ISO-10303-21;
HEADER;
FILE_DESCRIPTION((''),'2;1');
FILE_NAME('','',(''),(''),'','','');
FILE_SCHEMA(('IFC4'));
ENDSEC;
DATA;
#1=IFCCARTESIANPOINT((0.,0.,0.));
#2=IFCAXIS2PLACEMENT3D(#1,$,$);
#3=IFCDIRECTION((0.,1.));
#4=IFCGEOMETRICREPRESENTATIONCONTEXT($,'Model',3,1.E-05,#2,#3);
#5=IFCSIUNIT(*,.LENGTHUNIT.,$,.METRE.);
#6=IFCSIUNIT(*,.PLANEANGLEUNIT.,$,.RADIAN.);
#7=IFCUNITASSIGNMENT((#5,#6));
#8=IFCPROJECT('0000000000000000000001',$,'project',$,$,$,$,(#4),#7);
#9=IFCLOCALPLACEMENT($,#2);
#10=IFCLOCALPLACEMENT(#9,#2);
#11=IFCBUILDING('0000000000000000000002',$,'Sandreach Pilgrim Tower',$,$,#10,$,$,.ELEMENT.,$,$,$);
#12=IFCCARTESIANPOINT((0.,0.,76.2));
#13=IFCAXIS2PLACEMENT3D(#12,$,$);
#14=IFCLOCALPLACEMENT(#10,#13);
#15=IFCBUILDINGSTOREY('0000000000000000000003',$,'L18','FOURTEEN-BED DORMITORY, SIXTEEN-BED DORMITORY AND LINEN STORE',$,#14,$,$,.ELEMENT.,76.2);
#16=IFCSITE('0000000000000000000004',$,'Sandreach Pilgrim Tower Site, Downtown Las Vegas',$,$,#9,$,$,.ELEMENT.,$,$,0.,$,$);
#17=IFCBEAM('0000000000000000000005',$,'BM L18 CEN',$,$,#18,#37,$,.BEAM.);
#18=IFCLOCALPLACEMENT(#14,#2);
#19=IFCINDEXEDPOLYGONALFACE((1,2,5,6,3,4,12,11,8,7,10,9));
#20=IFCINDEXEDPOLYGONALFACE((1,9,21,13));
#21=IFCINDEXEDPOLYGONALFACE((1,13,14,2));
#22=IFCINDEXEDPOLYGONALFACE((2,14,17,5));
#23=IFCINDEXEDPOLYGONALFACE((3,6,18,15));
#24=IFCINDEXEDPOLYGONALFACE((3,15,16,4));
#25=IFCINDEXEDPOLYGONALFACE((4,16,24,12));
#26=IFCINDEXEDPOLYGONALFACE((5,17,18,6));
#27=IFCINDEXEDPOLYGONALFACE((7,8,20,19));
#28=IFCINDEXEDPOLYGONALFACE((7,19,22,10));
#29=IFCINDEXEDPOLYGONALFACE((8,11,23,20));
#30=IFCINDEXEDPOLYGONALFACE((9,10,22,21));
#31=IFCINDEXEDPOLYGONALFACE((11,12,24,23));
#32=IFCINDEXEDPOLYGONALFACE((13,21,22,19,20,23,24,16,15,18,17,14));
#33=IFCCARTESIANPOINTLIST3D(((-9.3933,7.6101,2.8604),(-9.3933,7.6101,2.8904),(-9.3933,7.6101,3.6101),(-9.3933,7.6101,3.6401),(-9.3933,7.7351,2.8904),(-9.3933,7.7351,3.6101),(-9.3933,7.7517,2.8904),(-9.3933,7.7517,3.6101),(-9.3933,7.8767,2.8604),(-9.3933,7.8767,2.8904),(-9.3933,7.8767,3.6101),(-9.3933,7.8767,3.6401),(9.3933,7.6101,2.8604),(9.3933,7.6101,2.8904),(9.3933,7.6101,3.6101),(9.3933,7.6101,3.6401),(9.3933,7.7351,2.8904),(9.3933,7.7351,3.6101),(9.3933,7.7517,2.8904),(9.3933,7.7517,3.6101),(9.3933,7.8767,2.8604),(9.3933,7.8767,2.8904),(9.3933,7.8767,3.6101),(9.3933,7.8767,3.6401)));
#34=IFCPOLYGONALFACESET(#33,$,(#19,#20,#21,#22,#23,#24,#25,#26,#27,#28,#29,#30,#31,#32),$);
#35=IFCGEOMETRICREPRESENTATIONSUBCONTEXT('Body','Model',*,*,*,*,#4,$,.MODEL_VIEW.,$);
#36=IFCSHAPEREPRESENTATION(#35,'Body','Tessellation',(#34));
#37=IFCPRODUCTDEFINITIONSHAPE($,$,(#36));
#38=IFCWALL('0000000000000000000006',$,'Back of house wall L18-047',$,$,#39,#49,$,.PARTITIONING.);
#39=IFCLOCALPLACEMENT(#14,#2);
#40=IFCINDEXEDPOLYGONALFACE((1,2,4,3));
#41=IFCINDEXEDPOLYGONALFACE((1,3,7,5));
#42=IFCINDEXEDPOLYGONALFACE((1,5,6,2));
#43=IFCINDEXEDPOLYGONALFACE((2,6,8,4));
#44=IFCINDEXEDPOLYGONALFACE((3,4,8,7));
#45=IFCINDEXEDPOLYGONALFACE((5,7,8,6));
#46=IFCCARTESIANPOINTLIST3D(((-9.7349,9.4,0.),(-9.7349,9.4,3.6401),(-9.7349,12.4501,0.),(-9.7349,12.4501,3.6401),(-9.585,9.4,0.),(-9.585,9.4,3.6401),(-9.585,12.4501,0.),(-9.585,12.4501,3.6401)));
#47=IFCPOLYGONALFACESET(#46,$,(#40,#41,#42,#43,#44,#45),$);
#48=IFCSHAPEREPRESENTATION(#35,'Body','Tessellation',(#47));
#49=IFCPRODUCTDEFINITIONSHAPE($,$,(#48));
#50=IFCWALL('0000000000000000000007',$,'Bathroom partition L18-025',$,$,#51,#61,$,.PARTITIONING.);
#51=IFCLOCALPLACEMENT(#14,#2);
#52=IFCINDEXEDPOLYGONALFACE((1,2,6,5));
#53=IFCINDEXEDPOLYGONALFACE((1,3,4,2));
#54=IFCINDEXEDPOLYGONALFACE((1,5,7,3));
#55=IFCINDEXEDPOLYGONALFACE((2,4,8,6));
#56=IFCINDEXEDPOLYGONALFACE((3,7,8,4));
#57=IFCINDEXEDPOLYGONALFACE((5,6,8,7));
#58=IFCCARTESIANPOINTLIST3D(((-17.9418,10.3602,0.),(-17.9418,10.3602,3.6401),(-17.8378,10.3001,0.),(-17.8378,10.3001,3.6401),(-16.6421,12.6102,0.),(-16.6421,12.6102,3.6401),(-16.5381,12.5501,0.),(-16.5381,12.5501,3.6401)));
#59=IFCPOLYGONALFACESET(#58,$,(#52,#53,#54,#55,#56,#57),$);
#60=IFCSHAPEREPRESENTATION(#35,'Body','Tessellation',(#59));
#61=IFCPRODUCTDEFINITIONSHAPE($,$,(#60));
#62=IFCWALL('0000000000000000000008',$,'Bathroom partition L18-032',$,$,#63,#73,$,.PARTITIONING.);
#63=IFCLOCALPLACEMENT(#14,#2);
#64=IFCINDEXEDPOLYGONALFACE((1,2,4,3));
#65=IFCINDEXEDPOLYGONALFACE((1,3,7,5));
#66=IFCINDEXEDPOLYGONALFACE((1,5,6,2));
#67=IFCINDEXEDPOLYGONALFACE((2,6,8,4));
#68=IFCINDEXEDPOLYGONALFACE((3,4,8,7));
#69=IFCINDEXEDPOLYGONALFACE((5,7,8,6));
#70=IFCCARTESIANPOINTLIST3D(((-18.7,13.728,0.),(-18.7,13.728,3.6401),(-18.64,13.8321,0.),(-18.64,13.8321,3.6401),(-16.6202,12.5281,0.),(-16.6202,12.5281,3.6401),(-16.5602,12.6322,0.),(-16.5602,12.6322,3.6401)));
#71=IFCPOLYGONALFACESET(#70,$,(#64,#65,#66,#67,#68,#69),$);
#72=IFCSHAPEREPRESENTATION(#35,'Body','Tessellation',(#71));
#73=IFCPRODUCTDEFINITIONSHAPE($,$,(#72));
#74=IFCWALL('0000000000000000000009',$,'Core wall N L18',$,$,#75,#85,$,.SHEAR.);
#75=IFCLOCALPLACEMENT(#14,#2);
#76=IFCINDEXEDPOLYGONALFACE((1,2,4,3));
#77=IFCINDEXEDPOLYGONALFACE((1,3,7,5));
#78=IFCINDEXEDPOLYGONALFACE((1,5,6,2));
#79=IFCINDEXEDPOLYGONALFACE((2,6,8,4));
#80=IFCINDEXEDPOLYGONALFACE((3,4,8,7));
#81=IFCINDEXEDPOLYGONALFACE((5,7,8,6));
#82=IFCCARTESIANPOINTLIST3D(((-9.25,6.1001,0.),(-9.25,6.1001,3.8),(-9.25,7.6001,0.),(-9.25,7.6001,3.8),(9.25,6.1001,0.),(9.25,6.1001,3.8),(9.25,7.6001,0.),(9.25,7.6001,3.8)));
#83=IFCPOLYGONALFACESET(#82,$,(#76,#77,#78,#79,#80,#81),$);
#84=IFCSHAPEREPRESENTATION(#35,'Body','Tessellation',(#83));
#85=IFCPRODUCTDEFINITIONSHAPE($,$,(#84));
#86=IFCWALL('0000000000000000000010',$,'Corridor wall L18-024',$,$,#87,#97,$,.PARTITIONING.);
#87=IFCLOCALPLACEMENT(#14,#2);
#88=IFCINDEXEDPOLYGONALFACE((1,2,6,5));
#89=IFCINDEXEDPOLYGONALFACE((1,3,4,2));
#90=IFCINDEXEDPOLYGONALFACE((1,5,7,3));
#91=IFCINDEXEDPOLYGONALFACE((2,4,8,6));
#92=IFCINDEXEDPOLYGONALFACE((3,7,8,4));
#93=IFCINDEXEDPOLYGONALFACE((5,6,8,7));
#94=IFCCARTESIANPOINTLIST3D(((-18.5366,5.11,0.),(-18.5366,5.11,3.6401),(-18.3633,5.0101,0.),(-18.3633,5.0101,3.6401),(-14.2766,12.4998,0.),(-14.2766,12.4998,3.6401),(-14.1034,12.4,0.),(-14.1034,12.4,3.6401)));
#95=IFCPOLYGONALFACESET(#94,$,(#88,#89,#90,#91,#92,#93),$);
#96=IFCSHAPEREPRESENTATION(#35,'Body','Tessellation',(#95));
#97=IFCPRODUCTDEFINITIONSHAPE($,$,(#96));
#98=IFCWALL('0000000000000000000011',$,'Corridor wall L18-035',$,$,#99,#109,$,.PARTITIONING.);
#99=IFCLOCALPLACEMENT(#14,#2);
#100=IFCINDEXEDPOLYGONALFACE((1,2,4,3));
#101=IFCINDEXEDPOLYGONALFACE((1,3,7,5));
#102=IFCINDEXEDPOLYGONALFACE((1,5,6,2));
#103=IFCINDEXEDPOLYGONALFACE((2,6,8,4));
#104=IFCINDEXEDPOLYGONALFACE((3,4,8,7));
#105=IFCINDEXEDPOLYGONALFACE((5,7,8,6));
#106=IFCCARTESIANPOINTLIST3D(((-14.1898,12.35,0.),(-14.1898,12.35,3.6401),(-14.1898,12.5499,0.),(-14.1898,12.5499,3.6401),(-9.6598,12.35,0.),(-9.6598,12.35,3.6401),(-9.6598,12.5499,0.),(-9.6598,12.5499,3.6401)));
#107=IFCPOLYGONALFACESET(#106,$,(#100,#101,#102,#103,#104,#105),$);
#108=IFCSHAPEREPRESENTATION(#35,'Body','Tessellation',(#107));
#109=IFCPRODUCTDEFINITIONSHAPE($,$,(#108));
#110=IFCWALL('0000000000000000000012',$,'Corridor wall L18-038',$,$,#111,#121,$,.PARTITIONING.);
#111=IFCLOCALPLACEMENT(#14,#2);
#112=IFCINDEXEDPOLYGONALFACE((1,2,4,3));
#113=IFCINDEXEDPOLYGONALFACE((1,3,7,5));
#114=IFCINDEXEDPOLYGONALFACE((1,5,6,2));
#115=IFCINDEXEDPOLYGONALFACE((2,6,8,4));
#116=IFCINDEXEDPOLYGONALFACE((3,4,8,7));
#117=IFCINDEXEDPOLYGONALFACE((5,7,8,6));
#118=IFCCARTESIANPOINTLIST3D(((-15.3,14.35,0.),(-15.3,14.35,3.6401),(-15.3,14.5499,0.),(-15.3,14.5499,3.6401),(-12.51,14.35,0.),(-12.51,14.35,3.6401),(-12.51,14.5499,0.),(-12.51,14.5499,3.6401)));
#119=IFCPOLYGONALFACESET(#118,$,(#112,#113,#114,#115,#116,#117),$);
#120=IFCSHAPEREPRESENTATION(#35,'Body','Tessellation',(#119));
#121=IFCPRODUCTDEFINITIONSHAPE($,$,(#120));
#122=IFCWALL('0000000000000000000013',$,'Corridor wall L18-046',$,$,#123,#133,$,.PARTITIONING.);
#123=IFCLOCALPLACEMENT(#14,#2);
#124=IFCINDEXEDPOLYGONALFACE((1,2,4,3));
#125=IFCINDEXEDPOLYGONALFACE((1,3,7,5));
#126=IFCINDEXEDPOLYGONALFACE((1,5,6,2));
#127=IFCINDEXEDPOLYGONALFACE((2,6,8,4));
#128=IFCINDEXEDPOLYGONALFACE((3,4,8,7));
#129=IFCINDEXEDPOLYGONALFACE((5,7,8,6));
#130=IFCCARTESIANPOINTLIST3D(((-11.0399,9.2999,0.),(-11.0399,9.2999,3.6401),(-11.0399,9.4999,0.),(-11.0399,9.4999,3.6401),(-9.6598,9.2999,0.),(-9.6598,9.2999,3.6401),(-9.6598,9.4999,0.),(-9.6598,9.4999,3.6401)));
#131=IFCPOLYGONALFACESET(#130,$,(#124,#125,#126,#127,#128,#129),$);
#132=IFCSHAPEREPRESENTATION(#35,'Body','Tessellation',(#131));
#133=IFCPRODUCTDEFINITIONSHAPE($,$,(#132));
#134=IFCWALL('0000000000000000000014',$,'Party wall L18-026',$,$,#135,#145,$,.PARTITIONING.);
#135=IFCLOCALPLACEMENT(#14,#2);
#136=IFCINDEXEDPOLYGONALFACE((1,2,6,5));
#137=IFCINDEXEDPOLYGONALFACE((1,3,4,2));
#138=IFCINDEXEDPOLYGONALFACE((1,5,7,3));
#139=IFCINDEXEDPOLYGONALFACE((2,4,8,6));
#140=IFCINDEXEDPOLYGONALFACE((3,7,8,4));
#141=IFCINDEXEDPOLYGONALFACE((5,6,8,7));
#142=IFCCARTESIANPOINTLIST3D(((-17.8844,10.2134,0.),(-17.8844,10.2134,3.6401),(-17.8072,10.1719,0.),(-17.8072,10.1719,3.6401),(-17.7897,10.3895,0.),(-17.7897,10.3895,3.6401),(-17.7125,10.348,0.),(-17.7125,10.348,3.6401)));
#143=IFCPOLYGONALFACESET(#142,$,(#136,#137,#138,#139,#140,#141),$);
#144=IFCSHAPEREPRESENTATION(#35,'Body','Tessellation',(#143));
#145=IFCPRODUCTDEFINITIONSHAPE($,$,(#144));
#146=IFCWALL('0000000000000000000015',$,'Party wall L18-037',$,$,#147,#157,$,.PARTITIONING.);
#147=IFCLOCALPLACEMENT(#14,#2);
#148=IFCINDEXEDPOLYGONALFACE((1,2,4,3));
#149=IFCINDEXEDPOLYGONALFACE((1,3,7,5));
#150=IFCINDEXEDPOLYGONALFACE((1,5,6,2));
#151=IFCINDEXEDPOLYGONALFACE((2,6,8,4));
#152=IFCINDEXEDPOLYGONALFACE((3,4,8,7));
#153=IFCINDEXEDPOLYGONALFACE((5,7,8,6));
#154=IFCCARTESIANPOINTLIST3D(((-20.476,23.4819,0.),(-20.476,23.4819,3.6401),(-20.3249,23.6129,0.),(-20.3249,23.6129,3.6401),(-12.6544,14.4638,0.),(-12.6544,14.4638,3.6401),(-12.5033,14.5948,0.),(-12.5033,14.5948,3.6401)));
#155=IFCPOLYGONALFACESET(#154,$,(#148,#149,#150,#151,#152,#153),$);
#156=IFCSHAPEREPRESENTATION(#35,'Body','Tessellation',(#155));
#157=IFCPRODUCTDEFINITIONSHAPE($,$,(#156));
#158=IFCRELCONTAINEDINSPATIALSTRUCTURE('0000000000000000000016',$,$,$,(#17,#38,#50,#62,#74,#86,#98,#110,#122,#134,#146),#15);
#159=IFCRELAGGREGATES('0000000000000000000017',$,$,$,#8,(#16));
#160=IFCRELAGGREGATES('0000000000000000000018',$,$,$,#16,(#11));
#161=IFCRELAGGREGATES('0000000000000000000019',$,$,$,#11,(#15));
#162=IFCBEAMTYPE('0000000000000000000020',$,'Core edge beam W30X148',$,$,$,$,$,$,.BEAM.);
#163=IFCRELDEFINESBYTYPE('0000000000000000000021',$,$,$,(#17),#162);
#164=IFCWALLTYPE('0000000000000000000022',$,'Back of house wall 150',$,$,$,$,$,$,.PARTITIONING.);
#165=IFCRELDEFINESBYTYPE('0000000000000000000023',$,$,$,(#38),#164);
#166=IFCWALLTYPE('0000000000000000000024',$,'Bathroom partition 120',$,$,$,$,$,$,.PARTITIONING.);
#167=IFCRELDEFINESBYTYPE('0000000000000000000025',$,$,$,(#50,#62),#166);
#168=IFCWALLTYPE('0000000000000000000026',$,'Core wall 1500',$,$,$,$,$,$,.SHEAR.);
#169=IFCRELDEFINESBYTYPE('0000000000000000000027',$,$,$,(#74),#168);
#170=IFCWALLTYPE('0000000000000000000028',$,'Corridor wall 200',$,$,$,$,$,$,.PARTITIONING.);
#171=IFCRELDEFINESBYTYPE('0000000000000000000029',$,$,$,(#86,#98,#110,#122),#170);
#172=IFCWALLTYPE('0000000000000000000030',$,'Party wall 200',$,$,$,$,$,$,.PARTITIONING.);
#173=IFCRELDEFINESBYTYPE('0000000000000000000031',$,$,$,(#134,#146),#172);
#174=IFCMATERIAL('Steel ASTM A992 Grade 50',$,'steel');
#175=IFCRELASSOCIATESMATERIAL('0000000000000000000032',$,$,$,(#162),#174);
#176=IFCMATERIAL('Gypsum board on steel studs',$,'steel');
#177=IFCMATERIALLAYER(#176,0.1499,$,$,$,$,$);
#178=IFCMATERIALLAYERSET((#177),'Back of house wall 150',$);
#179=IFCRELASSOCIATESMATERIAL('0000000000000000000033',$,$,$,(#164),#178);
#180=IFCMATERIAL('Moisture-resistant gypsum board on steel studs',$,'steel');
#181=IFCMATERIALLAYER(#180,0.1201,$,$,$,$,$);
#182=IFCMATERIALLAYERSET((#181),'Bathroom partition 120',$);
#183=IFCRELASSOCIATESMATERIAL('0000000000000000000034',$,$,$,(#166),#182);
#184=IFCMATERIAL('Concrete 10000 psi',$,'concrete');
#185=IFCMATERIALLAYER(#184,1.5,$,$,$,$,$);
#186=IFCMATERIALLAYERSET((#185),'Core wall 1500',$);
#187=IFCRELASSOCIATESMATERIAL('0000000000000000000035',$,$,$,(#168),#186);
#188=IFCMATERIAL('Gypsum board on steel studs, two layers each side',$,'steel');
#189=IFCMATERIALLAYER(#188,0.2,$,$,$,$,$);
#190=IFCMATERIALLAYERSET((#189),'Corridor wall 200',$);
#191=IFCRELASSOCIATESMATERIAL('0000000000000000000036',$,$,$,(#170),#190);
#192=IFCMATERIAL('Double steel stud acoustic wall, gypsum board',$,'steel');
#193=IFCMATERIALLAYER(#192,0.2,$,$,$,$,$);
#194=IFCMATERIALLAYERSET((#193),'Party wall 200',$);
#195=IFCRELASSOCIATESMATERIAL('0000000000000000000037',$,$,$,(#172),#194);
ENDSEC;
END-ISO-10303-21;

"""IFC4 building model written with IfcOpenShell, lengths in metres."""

from ifc_helpers import new_model, si_unit, direction, frame, frame_2d, origin, origin_2d, place, context, subcontext, project, spatial, rectangle, i_section, extrude, material, layer, layer_set, material_profile, profile_set, type_object, element, save


model = new_model("IFC4")

# Units and contexts
model_context = context("Model", 3, precision=1e-05, world=origin(), true_north=direction((0.0, 1.0)))
body_context = subcontext(model_context, "Body", "Model", "MODEL_VIEW")
ifc_project = project(units=[si_unit("LENGTHUNIT", "METRE"), si_unit("PLANEANGLEUNIT", "RADIAN")], contexts=[model_context])

# Site, building, storey
site_placement = place(None, origin())
site = spatial("IfcSite", under=ifc_project, at=site_placement, Name="Sandreach Pilgrim Tower Site, Downtown Las Vegas", CompositionType="ELEMENT", RefElevation=0.0)
building_placement = place(site_placement, origin())
building = spatial("IfcBuilding", under=site, at=building_placement, Name="Sandreach Pilgrim Tower", CompositionType="ELEMENT")
storey_placement = place(building_placement, frame((0.0, 0.0, 76.2)))
storey = spatial("IfcBuildingStorey", under=building, at=storey_placement, Name="L18", Description="FOURTEEN-BED DORMITORY, SIXTEEN-BED DORMITORY AND LINEN STORE", CompositionType="ELEMENT", Elevation=76.2)

# Beam
ifc_material_1 = material(Name="Steel ASTM A992 Grade 50", Category="steel")
ifc_material_profile = material_profile(ifc_material_1, i_section(OverallWidth=0.2666, OverallDepth=0.7798, WebThickness=0.0166, FlangeThickness=0.03, at=origin_2d()), Name="W30X148")
ifc_profile_set = profile_set([ifc_material_profile], Name="Steel ASTM A992 Grade 50")
beam_type = type_object("IfcBeamType", Name="Core edge beam W30X148", PredefinedType="BEAM", material=ifc_profile_set)
beam_placement = place(storey_placement, frame((-9.3933, 7.7434, 3.2502), z_axis=(1.0, 0.0, 0.0), x_axis=(0.0, 1.0, 0.0)))
element("IfcBeam", 1, at=beam_placement, inside=storey, type_object=beam_type, Name="BM L18 CEN", PredefinedType="BEAM", context=body_context, shape_type="SweptSolid", body=[
    extrude(i_section(OverallWidth=0.2666, OverallDepth=0.7798, WebThickness=0.0166, FlangeThickness=0.03, at=origin_2d()), origin(), (0.0, 0.0, 1.0), 18.7866),
])

# Walls
ifc_material_2 = material(Name="Gypsum board on steel studs", Category="steel")
ifc_layer_1 = layer(ifc_material_2, 0.1499)
ifc_layer_set_1 = layer_set([ifc_layer_1], Name="Back of house wall 150")
wall_type_1 = type_object("IfcWallType", Name="Back of house wall 150", PredefinedType="PARTITIONING", material=ifc_layer_set_1)
wall_1_placement = place(storey_placement, frame((-9.6599, 12.45, 0.0), z_axis=(0.0, 0.0, 1.0), x_axis=(0.0, -1.0, 0.0)))
element("IfcWall", 2, at=wall_1_placement, inside=storey, type_object=wall_type_1, Name="Back of house wall L18-047", PredefinedType="PARTITIONING", context=body_context, shape_type="SweptSolid", body=[
    extrude(rectangle(XDim=3.05, YDim=0.1499, at=frame_2d((1.5249, 0.0))), origin(), (0.0, 0.0, 1.0), 3.6401),
])
ifc_material_3 = material(Name="Moisture-resistant gypsum board on steel studs", Category="steel")
ifc_layer_2 = layer(ifc_material_3, 0.1201)
ifc_layer_set_2 = layer_set([ifc_layer_2], Name="Bathroom partition 120")
wall_type_2 = type_object("IfcWallType", Name="Bathroom partition 120", PredefinedType="PARTITIONING", material=ifc_layer_set_2)
wall_2_placement = place(storey_placement, frame((-17.8899, 10.3301, 0.0), z_axis=(0.0, 0.0, 1.0), x_axis=(0.500221, 0.865898, 0.0)))
element("IfcWall", 3, at=wall_2_placement, inside=storey, type_object=wall_type_2, Name="Bathroom partition L18-025", PredefinedType="PARTITIONING", context=body_context, shape_type="SweptSolid", body=[
    extrude(rectangle(XDim=2.5984, YDim=0.1201, at=frame_2d((1.2993, 0.0))), origin(), (0.0, 0.0, 1.0), 3.6401),
])
wall_3_placement = place(storey_placement, frame((-16.5901, 12.5801, 0.0), z_axis=(0.0, 0.0, 1.0), x_axis=(-0.866177, 0.499737, 0.0)))
element("IfcWall", 4, at=wall_3_placement, inside=storey, type_object=wall_type_2, Name="Bathroom partition L18-032", PredefinedType="PARTITIONING", context=body_context, shape_type="SweptSolid", body=[
    extrude(rectangle(XDim=2.4011, YDim=0.1201, at=frame_2d((1.2007, 0.0))), origin(), (0.0, 0.0, 1.0), 3.6401),
])
ifc_material_4 = material(Name="Concrete 10000 psi", Category="concrete")
ifc_layer_3 = layer(ifc_material_4, 1.5)
ifc_layer_set_3 = layer_set([ifc_layer_3], Name="Core wall 1500")
wall_type_3 = type_object("IfcWallType", Name="Core wall 1500", PredefinedType="SHEAR", material=ifc_layer_set_3)
wall_4_placement = place(storey_placement, frame((-9.25, 6.8501, 0.0), z_axis=(0.0, 0.0, 1.0), x_axis=(1.0, 0.0, 0.0)))
element("IfcWall", 5, at=wall_4_placement, inside=storey, type_object=wall_type_3, Name="Core wall N L18", PredefinedType="SHEAR", context=body_context, shape_type="SweptSolid", body=[
    extrude(rectangle(XDim=18.5, YDim=1.5, at=frame_2d((9.25, 0.0))), origin(), (0.0, 0.0, 1.0), 3.8),
])
ifc_material_5 = material(Name="Gypsum board on steel studs, two layers each side", Category="steel")
ifc_layer_4 = layer(ifc_material_5, 0.2)
ifc_layer_set_4 = layer_set([ifc_layer_4], Name="Corridor wall 200")
wall_type_4 = type_object("IfcWallType", Name="Corridor wall 200", PredefinedType="PARTITIONING", material=ifc_layer_set_4)
wall_5_placement = place(storey_placement, frame((-18.45, 5.0601, 0.0), z_axis=(0.0, 0.0, 1.0), x_axis=(0.499424, 0.866358, 0.0)))
element("IfcWall", 6, at=wall_5_placement, inside=storey, type_object=wall_type_4, Name="Corridor wall L18-024", PredefinedType="PARTITIONING", context=body_context, shape_type="SweptSolid", body=[
    extrude(rectangle(XDim=8.5298, YDim=0.2, at=frame_2d((4.2649, 0.0))), origin(), (0.0, 0.0, 1.0), 3.6401),
])

# Walls
wall_6_placement = place(storey_placement, frame((-14.1899, 12.45, 0.0), z_axis=(0.0, 0.0, 1.0), x_axis=(1.0, 0.0, 0.0)))
element("IfcWall", 7, at=wall_6_placement, inside=storey, type_object=wall_type_4, Name="Corridor wall L18-035", PredefinedType="PARTITIONING", context=body_context, shape_type="SweptSolid", body=[
    extrude(rectangle(XDim=4.53, YDim=0.2, at=frame_2d((2.2651, 0.0))), origin(), (0.0, 0.0, 1.0), 3.6401),
])
wall_7_placement = place(storey_placement, frame((-12.51, 14.45, 0.0), z_axis=(0.0, 0.0, 1.0), x_axis=(-1.0, 0.0, 0.0)))
element("IfcWall", 8, at=wall_7_placement, inside=storey, type_object=wall_type_4, Name="Corridor wall L18-038", PredefinedType="PARTITIONING", context=body_context, shape_type="SweptSolid", body=[
    extrude(rectangle(XDim=2.79, YDim=0.2, at=frame_2d((1.395, 0.0))), origin(), (0.0, 0.0, 1.0), 3.6401),
])

# Wall
wall_8_placement = place(storey_placement, frame((-9.6599, 9.3999, 0.0), z_axis=(0.0, 0.0, 1.0), x_axis=(-1.0, 0.0, 0.0)))
element("IfcWall", 9, at=wall_8_placement, inside=storey, type_object=wall_type_4, Name="Corridor wall L18-046", PredefinedType="PARTITIONING", context=body_context, shape_type="SweptSolid", body=[
    extrude(rectangle(XDim=1.3801, YDim=0.2, at=frame_2d((0.6899, 0.0))), origin(), (0.0, 0.0, 1.0), 3.6401),
])

# Walls
ifc_material_6 = material(Name="Double steel stud acoustic wall, gypsum board", Category="steel")
ifc_layer_5 = layer(ifc_material_6, 0.2)
ifc_layer_set_5 = layer_set([ifc_layer_5], Name="Party wall 200")
wall_type_5 = type_object("IfcWallType", Name="Party wall 200", PredefinedType="PARTITIONING", material=ifc_layer_set_5)
wall_9_placement = place(storey_placement, frame((-17.8372, 10.3015, 0.0), z_axis=(0.0, 0.0, 1.0), x_axis=(0.88065, -0.473767, 0.0)))
element("IfcWall", 10, at=wall_9_placement, inside=storey, type_object=wall_type_5, Name="Party wall L18-026", PredefinedType="PARTITIONING", context=body_context, shape_type="SweptSolid", body=[
    extrude(rectangle(XDim=0.0876, YDim=0.2, at=frame_2d((0.0439, 0.0))), origin(), (0.0, 0.0, 1.0), 3.6401),
])
wall_10_placement = place(storey_placement, frame((-12.5789, 14.5293, 0.0), z_axis=(0.0, 0.0, 1.0), x_axis=(-0.655212, 0.755445, 0.0)))
element("IfcWall", 11, at=wall_10_placement, inside=storey, type_object=wall_type_5, Name="Party wall L18-037", PredefinedType="PARTITIONING", context=body_context, shape_type="SweptSolid", body=[
    extrude(rectangle(XDim=11.9375, YDim=0.2, at=frame_2d((5.9688, 0.0))), origin(), (0.0, 0.0, 1.0), 3.6401),
])

save(model, "model.ifc")
